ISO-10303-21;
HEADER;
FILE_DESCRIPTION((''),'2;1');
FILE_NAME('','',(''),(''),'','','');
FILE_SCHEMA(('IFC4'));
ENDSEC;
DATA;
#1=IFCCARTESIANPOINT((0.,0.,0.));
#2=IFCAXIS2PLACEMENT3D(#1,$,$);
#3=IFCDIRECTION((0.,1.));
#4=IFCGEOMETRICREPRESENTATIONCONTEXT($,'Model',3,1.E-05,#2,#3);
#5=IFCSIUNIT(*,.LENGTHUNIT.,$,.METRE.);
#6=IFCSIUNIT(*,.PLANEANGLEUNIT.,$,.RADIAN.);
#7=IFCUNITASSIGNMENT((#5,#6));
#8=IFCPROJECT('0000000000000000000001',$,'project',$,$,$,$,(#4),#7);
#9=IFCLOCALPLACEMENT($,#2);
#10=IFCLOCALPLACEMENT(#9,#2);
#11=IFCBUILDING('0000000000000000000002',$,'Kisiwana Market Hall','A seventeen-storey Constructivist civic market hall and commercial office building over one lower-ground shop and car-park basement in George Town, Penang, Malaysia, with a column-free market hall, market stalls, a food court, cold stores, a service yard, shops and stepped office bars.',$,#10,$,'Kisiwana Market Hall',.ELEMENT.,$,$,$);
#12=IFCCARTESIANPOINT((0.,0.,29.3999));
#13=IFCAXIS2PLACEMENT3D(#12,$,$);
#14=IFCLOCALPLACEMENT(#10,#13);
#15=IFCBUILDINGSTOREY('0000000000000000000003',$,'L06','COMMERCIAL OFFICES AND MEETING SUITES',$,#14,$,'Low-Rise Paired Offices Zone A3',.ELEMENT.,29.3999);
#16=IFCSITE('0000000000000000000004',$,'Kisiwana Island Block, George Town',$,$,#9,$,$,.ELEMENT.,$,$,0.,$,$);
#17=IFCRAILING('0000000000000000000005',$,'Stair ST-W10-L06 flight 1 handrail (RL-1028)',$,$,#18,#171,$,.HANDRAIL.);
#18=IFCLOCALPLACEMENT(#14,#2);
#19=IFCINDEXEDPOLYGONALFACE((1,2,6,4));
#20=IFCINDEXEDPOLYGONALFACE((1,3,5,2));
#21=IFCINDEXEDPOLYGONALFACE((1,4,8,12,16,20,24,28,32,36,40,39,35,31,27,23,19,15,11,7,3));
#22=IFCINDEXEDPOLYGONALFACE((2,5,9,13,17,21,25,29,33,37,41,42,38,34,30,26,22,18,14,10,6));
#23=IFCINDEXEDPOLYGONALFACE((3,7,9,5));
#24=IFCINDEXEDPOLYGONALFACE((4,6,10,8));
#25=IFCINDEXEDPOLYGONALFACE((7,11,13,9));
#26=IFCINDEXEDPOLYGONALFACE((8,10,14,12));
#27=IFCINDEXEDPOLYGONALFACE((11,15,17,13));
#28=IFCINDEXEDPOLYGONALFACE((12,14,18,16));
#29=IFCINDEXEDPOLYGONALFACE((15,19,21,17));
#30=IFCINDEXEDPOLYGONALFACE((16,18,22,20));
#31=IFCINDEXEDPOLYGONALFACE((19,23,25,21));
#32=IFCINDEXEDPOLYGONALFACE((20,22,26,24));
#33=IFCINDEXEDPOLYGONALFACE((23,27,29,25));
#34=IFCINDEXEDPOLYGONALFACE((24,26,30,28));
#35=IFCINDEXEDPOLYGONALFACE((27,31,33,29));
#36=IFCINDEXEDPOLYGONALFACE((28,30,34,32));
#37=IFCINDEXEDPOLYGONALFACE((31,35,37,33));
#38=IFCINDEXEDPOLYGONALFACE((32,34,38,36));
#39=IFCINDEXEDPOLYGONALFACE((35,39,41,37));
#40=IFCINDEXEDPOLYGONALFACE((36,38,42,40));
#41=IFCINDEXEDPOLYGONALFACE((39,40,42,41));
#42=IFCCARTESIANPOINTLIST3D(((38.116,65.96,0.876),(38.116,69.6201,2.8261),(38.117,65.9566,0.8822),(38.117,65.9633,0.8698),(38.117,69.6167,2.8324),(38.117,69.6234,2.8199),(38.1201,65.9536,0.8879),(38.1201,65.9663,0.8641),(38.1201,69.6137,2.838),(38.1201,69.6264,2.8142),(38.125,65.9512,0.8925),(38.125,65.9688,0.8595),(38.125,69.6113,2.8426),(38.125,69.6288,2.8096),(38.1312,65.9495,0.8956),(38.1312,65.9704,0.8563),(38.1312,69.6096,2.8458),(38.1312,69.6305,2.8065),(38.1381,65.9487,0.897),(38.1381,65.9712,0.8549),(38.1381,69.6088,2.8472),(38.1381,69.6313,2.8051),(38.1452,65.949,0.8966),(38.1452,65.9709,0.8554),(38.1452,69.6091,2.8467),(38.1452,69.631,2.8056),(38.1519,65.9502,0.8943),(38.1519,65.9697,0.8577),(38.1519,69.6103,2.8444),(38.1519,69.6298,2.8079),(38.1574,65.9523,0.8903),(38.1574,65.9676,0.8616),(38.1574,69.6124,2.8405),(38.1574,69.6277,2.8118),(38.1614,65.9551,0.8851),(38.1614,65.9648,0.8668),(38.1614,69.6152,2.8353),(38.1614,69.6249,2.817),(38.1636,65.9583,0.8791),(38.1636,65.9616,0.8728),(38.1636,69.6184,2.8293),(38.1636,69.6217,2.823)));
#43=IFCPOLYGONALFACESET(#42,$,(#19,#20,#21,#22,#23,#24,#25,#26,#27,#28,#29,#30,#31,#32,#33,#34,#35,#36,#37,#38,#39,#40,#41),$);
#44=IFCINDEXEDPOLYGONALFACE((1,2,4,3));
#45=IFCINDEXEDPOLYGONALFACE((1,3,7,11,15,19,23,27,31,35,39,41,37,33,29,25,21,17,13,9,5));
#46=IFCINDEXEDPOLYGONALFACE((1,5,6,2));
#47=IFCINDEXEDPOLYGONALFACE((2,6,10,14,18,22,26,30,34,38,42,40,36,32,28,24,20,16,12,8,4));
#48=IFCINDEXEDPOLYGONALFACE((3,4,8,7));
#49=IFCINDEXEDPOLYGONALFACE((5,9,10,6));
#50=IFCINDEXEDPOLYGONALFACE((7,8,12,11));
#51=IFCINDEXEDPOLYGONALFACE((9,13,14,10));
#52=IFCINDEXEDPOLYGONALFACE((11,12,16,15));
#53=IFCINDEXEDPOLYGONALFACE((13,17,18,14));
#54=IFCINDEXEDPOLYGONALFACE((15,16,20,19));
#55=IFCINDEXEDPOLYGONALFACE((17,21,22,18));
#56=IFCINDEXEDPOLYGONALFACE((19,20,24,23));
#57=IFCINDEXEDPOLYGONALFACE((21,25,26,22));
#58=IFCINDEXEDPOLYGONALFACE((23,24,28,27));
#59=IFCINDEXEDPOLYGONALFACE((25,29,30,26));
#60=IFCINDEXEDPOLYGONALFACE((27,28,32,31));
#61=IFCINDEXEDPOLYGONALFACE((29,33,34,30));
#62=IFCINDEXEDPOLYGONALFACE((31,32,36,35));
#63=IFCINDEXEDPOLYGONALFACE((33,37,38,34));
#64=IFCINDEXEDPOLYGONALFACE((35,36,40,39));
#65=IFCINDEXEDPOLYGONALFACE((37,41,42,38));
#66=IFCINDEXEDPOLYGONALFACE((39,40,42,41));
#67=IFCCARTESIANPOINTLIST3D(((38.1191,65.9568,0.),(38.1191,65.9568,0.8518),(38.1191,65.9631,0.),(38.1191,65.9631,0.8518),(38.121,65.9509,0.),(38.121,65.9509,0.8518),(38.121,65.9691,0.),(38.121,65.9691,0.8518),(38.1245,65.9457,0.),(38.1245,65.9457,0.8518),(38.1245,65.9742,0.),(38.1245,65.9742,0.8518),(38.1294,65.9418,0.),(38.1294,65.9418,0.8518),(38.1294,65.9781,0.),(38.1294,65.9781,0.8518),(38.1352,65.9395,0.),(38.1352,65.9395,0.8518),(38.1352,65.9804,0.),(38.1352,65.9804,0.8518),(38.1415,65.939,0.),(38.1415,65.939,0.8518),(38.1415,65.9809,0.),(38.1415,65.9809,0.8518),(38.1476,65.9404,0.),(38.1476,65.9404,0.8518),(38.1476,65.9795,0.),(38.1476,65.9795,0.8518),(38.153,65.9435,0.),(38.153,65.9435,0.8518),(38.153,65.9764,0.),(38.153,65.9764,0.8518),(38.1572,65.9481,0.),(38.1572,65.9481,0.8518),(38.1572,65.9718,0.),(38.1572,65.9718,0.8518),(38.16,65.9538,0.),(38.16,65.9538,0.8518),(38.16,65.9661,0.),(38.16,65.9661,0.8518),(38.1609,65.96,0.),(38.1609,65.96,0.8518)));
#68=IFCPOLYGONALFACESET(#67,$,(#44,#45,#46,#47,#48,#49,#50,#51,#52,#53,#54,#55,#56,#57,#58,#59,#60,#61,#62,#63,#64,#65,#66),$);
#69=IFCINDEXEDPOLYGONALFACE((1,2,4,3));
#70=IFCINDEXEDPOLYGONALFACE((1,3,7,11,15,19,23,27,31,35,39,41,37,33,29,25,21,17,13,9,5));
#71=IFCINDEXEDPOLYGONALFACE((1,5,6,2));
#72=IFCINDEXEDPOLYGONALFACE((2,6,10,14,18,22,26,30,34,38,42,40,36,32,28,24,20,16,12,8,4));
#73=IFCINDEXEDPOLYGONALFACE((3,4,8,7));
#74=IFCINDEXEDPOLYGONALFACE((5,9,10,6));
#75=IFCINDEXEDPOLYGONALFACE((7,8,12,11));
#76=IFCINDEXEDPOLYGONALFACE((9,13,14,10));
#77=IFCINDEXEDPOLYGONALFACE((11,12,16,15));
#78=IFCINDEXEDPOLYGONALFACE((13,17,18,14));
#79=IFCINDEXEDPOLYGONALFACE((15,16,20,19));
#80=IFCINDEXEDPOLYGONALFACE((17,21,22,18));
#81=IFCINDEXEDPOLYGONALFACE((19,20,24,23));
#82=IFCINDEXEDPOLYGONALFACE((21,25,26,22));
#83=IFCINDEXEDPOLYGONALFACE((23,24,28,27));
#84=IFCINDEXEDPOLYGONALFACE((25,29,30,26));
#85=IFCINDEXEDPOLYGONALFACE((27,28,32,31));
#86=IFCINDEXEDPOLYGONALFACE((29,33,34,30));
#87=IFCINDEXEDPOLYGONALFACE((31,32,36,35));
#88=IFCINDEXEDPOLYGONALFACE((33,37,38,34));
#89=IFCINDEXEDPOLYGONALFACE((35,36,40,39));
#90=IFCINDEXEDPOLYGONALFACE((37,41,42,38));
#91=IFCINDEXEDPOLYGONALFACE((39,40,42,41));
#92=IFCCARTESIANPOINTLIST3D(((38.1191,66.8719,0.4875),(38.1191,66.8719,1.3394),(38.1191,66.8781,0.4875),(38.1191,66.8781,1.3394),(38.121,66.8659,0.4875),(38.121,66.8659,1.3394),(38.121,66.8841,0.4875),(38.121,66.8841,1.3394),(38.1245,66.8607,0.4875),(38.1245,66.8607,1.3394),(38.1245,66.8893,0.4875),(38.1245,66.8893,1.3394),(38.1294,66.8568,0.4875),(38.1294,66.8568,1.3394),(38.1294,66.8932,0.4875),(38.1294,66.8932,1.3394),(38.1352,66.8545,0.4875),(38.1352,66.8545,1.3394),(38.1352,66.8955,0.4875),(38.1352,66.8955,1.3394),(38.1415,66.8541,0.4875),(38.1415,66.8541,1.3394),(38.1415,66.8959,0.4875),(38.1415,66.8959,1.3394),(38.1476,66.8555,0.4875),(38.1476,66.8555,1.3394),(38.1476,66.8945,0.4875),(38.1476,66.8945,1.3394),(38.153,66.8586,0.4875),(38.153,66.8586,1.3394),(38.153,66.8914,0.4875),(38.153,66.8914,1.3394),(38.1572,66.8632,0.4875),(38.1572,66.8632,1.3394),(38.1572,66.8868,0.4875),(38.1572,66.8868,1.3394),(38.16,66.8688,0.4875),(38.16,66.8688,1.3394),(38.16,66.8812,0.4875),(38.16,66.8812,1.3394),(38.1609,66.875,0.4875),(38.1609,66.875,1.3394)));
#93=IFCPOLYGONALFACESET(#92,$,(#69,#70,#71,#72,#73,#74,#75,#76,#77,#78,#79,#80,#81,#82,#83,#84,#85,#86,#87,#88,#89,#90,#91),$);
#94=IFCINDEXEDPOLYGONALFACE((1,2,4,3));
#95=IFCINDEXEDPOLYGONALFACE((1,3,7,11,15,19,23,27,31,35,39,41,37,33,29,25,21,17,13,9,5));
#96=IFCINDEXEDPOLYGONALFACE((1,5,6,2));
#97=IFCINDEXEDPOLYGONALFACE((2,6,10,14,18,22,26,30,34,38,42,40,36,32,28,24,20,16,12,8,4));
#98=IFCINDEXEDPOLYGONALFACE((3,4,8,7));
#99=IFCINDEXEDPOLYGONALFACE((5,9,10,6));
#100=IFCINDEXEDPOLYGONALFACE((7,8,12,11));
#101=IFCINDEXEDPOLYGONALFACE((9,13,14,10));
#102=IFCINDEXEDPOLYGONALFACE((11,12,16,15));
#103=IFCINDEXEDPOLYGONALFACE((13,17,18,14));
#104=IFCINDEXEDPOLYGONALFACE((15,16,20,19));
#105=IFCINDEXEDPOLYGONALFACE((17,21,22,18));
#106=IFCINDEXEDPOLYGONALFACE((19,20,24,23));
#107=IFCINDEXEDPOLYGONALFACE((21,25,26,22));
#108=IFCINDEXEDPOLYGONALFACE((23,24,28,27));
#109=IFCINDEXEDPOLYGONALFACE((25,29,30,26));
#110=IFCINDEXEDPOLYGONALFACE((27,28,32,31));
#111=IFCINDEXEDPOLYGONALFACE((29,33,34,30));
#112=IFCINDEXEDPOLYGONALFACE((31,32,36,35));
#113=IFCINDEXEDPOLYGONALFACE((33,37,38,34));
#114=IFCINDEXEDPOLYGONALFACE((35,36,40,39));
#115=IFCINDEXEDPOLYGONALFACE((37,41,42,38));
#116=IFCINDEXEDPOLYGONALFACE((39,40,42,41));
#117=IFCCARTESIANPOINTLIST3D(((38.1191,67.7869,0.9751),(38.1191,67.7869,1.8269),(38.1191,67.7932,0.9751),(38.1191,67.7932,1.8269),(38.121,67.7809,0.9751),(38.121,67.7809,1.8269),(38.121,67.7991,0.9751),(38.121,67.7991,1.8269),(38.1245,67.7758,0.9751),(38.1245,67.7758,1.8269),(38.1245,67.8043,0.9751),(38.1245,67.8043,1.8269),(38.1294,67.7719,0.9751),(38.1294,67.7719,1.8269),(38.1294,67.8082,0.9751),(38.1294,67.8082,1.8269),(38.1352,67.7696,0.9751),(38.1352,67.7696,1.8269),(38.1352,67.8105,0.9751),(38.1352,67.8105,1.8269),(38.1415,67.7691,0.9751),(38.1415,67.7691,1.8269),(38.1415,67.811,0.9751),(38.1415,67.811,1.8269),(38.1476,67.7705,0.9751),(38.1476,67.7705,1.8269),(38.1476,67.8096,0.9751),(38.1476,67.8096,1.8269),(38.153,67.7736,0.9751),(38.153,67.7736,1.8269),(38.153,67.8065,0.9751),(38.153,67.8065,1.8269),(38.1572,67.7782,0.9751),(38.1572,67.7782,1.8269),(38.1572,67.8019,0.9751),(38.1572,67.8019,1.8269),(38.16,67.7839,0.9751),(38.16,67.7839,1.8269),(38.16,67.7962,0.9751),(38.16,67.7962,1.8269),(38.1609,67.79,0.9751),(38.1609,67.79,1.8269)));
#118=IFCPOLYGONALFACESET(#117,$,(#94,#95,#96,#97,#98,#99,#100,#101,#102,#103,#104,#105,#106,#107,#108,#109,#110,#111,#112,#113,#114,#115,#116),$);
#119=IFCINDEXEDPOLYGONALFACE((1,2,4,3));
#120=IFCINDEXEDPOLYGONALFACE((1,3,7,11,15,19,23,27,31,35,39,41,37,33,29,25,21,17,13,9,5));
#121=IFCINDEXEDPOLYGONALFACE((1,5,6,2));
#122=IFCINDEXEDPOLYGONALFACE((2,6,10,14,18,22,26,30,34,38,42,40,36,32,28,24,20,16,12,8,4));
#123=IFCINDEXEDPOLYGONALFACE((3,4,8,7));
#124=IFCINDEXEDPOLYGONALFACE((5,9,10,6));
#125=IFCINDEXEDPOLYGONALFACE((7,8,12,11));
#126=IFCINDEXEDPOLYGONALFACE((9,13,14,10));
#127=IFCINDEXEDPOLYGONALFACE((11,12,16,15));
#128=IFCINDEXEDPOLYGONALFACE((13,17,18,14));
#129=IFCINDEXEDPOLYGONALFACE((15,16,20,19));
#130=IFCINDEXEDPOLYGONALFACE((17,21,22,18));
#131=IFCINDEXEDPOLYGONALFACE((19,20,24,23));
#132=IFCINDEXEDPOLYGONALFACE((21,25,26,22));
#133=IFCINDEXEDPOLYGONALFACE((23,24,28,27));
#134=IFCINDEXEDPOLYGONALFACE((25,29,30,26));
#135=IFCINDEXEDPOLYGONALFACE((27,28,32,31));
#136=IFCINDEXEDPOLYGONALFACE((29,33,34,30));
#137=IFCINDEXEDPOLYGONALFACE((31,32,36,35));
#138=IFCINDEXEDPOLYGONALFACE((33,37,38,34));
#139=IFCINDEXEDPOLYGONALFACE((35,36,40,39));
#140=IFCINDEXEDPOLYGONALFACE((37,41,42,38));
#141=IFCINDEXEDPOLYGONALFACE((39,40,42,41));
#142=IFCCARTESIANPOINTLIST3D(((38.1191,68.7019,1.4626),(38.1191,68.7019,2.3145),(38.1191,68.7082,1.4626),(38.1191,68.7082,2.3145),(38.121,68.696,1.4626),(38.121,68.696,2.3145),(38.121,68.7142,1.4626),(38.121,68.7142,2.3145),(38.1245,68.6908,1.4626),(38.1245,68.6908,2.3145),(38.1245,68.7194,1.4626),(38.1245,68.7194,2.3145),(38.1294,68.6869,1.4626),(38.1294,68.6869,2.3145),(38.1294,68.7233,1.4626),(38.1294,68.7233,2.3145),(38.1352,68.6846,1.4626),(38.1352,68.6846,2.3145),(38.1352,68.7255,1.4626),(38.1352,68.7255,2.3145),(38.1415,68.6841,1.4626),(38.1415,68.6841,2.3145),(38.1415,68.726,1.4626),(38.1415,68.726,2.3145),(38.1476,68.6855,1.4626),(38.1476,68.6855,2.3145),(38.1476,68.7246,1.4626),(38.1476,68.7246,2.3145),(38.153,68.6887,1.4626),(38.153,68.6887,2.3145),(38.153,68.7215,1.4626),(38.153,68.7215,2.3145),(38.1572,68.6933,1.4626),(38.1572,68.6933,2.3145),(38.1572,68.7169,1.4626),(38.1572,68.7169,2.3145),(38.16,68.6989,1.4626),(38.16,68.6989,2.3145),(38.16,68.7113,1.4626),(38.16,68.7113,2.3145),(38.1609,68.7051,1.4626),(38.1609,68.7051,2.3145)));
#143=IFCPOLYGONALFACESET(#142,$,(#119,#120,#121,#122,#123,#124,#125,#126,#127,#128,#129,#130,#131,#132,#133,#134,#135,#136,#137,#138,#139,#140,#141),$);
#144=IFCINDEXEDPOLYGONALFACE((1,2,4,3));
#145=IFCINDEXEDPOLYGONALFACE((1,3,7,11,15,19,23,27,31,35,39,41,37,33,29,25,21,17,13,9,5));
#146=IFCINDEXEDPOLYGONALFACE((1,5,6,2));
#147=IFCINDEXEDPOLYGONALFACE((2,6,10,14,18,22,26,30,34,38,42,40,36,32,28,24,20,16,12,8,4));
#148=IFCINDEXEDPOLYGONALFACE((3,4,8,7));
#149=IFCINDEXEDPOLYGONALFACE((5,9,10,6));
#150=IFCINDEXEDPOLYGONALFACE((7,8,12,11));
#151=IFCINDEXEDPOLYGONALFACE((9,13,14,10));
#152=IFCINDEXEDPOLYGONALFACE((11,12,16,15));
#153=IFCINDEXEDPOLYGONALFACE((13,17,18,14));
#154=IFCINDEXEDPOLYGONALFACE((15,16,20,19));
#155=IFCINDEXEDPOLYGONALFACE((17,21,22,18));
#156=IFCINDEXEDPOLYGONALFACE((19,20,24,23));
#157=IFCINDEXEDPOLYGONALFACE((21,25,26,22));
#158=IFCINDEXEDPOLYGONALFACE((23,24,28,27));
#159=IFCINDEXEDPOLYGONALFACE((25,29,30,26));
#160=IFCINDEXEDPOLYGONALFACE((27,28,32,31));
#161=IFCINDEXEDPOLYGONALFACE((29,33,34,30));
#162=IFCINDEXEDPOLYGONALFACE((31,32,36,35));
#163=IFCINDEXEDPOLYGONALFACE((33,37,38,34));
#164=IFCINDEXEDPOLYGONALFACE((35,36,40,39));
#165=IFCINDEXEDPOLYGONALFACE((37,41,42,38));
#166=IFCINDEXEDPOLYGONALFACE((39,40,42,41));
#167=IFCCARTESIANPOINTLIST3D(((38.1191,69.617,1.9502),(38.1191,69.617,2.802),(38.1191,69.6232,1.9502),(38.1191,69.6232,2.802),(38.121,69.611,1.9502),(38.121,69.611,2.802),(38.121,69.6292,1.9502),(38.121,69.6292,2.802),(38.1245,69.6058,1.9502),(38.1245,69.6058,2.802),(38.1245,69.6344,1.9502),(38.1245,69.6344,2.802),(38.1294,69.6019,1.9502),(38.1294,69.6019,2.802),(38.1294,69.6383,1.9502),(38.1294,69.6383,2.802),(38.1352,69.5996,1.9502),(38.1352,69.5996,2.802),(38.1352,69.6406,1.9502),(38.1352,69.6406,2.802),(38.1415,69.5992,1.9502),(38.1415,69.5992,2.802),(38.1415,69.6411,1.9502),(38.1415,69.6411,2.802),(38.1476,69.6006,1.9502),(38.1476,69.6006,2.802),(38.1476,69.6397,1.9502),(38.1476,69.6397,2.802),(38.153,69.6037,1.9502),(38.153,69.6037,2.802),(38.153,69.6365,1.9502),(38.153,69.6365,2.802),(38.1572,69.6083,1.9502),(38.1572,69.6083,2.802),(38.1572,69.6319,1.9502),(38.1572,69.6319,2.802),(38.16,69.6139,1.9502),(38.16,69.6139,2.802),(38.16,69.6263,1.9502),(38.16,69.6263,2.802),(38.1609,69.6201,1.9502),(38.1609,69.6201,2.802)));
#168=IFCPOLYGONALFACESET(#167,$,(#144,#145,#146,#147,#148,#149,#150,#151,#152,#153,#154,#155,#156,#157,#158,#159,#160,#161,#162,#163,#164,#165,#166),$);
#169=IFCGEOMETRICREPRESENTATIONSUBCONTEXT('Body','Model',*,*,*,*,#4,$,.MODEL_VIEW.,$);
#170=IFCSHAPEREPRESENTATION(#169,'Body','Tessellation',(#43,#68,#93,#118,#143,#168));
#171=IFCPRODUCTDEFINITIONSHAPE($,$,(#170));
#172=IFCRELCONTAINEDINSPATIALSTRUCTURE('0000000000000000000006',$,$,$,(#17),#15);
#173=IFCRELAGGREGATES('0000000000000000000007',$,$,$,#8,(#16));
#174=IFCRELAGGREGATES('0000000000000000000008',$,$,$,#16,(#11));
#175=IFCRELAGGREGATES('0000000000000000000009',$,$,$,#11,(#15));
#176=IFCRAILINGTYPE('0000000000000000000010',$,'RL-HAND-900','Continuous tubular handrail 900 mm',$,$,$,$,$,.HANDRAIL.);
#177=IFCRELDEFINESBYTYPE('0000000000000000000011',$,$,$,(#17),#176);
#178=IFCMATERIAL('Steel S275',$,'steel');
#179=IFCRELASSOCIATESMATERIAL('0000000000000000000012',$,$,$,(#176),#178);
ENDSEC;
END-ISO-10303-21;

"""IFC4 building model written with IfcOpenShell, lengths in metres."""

from ifc_helpers import new_model, si_unit, direction, frame, origin, origin_2d, place, context, subcontext, project, spatial, circle, extrude, material, type_object, element, save


model = new_model("IFC4")

# Units and contexts
model_context = context("Model", 3, precision=1e-05, world=origin(), true_north=direction((0.0, 1.0)))
body_context = subcontext(model_context, "Body", "Model", "MODEL_VIEW")
ifc_project = project(units=[si_unit("LENGTHUNIT", "METRE"), si_unit("PLANEANGLEUNIT", "RADIAN")], contexts=[model_context])

# Site, building, storey
site_placement = place(None, origin())
site = spatial("IfcSite", under=ifc_project, at=site_placement, Name="Kisiwana Island Block, George Town", CompositionType="ELEMENT", RefElevation=0.0)
building_placement = place(site_placement, origin())
building = spatial("IfcBuilding", under=site, at=building_placement, Name="Kisiwana Market Hall", Description="A seventeen-storey Constructivist civic market hall and commercial office building over one lower-ground shop and car-park basement in George Town, Penang, Malaysia, with a column-free market hall, market stalls, a food court, cold stores, a service yard, shops and stepped office bars.", LongName="Kisiwana Market Hall", CompositionType="ELEMENT")
storey_placement = place(building_placement, frame((0.0, 0.0, 29.3999)))
storey = spatial("IfcBuildingStorey", under=building, at=storey_placement, Name="L06", Description="COMMERCIAL OFFICES AND MEETING SUITES", LongName="Low-Rise Paired Offices Zone A3", CompositionType="ELEMENT", Elevation=29.3999)

# Railing
ifc_material_1 = material(Name="Steel S275", Category="steel")
railing_type_1 = type_object("IfcRailingType", Name="RL-HAND-900", Description="Continuous tubular handrail 900 mm", PredefinedType="HANDRAIL", material=ifc_material_1)
railing_1_placement = place(storey_placement, frame((38.1399, 65.96, 0.0)))
element("IfcRailing", 1, at=railing_1_placement, inside=storey, type_object=railing_type_1, Name="Stair ST-W10-L06 flight 1 handrail (RL-1028)", PredefinedType="HANDRAIL", context=body_context, shape_type="SweptSolid", body=[
    extrude(circle(Radius=0.0239, at=origin_2d()), frame((0.0, 0.0, 0.876), z_axis=(0.0, 0.882542, 0.470234), x_axis=(-1.0, 0.0, 0.0)), (0.0, 0.0, 1.0), 4.1472),
    extrude(circle(Radius=0.021, at=origin_2d()), origin(), (0.0, 0.0, 1.0), 0.8518),
    extrude(circle(Radius=0.021, at=origin_2d()), frame((0.0, 0.915, 0.4875)), (0.0, 0.0, 1.0), 0.8518),
    extrude(circle(Radius=0.021, at=origin_2d()), frame((0.0, 1.8301, 0.9751)), (0.0, 0.0, 1.0), 0.8518),
    extrude(circle(Radius=0.021, at=origin_2d()), frame((0.0, 2.7451, 1.4626)), (0.0, 0.0, 1.0), 0.8518),
    extrude(circle(Radius=0.021, at=origin_2d()), frame((0.0, 3.6602, 1.9502)), (0.0, 0.0, 1.0), 0.8518),
])

save(model, "model.ifc")
